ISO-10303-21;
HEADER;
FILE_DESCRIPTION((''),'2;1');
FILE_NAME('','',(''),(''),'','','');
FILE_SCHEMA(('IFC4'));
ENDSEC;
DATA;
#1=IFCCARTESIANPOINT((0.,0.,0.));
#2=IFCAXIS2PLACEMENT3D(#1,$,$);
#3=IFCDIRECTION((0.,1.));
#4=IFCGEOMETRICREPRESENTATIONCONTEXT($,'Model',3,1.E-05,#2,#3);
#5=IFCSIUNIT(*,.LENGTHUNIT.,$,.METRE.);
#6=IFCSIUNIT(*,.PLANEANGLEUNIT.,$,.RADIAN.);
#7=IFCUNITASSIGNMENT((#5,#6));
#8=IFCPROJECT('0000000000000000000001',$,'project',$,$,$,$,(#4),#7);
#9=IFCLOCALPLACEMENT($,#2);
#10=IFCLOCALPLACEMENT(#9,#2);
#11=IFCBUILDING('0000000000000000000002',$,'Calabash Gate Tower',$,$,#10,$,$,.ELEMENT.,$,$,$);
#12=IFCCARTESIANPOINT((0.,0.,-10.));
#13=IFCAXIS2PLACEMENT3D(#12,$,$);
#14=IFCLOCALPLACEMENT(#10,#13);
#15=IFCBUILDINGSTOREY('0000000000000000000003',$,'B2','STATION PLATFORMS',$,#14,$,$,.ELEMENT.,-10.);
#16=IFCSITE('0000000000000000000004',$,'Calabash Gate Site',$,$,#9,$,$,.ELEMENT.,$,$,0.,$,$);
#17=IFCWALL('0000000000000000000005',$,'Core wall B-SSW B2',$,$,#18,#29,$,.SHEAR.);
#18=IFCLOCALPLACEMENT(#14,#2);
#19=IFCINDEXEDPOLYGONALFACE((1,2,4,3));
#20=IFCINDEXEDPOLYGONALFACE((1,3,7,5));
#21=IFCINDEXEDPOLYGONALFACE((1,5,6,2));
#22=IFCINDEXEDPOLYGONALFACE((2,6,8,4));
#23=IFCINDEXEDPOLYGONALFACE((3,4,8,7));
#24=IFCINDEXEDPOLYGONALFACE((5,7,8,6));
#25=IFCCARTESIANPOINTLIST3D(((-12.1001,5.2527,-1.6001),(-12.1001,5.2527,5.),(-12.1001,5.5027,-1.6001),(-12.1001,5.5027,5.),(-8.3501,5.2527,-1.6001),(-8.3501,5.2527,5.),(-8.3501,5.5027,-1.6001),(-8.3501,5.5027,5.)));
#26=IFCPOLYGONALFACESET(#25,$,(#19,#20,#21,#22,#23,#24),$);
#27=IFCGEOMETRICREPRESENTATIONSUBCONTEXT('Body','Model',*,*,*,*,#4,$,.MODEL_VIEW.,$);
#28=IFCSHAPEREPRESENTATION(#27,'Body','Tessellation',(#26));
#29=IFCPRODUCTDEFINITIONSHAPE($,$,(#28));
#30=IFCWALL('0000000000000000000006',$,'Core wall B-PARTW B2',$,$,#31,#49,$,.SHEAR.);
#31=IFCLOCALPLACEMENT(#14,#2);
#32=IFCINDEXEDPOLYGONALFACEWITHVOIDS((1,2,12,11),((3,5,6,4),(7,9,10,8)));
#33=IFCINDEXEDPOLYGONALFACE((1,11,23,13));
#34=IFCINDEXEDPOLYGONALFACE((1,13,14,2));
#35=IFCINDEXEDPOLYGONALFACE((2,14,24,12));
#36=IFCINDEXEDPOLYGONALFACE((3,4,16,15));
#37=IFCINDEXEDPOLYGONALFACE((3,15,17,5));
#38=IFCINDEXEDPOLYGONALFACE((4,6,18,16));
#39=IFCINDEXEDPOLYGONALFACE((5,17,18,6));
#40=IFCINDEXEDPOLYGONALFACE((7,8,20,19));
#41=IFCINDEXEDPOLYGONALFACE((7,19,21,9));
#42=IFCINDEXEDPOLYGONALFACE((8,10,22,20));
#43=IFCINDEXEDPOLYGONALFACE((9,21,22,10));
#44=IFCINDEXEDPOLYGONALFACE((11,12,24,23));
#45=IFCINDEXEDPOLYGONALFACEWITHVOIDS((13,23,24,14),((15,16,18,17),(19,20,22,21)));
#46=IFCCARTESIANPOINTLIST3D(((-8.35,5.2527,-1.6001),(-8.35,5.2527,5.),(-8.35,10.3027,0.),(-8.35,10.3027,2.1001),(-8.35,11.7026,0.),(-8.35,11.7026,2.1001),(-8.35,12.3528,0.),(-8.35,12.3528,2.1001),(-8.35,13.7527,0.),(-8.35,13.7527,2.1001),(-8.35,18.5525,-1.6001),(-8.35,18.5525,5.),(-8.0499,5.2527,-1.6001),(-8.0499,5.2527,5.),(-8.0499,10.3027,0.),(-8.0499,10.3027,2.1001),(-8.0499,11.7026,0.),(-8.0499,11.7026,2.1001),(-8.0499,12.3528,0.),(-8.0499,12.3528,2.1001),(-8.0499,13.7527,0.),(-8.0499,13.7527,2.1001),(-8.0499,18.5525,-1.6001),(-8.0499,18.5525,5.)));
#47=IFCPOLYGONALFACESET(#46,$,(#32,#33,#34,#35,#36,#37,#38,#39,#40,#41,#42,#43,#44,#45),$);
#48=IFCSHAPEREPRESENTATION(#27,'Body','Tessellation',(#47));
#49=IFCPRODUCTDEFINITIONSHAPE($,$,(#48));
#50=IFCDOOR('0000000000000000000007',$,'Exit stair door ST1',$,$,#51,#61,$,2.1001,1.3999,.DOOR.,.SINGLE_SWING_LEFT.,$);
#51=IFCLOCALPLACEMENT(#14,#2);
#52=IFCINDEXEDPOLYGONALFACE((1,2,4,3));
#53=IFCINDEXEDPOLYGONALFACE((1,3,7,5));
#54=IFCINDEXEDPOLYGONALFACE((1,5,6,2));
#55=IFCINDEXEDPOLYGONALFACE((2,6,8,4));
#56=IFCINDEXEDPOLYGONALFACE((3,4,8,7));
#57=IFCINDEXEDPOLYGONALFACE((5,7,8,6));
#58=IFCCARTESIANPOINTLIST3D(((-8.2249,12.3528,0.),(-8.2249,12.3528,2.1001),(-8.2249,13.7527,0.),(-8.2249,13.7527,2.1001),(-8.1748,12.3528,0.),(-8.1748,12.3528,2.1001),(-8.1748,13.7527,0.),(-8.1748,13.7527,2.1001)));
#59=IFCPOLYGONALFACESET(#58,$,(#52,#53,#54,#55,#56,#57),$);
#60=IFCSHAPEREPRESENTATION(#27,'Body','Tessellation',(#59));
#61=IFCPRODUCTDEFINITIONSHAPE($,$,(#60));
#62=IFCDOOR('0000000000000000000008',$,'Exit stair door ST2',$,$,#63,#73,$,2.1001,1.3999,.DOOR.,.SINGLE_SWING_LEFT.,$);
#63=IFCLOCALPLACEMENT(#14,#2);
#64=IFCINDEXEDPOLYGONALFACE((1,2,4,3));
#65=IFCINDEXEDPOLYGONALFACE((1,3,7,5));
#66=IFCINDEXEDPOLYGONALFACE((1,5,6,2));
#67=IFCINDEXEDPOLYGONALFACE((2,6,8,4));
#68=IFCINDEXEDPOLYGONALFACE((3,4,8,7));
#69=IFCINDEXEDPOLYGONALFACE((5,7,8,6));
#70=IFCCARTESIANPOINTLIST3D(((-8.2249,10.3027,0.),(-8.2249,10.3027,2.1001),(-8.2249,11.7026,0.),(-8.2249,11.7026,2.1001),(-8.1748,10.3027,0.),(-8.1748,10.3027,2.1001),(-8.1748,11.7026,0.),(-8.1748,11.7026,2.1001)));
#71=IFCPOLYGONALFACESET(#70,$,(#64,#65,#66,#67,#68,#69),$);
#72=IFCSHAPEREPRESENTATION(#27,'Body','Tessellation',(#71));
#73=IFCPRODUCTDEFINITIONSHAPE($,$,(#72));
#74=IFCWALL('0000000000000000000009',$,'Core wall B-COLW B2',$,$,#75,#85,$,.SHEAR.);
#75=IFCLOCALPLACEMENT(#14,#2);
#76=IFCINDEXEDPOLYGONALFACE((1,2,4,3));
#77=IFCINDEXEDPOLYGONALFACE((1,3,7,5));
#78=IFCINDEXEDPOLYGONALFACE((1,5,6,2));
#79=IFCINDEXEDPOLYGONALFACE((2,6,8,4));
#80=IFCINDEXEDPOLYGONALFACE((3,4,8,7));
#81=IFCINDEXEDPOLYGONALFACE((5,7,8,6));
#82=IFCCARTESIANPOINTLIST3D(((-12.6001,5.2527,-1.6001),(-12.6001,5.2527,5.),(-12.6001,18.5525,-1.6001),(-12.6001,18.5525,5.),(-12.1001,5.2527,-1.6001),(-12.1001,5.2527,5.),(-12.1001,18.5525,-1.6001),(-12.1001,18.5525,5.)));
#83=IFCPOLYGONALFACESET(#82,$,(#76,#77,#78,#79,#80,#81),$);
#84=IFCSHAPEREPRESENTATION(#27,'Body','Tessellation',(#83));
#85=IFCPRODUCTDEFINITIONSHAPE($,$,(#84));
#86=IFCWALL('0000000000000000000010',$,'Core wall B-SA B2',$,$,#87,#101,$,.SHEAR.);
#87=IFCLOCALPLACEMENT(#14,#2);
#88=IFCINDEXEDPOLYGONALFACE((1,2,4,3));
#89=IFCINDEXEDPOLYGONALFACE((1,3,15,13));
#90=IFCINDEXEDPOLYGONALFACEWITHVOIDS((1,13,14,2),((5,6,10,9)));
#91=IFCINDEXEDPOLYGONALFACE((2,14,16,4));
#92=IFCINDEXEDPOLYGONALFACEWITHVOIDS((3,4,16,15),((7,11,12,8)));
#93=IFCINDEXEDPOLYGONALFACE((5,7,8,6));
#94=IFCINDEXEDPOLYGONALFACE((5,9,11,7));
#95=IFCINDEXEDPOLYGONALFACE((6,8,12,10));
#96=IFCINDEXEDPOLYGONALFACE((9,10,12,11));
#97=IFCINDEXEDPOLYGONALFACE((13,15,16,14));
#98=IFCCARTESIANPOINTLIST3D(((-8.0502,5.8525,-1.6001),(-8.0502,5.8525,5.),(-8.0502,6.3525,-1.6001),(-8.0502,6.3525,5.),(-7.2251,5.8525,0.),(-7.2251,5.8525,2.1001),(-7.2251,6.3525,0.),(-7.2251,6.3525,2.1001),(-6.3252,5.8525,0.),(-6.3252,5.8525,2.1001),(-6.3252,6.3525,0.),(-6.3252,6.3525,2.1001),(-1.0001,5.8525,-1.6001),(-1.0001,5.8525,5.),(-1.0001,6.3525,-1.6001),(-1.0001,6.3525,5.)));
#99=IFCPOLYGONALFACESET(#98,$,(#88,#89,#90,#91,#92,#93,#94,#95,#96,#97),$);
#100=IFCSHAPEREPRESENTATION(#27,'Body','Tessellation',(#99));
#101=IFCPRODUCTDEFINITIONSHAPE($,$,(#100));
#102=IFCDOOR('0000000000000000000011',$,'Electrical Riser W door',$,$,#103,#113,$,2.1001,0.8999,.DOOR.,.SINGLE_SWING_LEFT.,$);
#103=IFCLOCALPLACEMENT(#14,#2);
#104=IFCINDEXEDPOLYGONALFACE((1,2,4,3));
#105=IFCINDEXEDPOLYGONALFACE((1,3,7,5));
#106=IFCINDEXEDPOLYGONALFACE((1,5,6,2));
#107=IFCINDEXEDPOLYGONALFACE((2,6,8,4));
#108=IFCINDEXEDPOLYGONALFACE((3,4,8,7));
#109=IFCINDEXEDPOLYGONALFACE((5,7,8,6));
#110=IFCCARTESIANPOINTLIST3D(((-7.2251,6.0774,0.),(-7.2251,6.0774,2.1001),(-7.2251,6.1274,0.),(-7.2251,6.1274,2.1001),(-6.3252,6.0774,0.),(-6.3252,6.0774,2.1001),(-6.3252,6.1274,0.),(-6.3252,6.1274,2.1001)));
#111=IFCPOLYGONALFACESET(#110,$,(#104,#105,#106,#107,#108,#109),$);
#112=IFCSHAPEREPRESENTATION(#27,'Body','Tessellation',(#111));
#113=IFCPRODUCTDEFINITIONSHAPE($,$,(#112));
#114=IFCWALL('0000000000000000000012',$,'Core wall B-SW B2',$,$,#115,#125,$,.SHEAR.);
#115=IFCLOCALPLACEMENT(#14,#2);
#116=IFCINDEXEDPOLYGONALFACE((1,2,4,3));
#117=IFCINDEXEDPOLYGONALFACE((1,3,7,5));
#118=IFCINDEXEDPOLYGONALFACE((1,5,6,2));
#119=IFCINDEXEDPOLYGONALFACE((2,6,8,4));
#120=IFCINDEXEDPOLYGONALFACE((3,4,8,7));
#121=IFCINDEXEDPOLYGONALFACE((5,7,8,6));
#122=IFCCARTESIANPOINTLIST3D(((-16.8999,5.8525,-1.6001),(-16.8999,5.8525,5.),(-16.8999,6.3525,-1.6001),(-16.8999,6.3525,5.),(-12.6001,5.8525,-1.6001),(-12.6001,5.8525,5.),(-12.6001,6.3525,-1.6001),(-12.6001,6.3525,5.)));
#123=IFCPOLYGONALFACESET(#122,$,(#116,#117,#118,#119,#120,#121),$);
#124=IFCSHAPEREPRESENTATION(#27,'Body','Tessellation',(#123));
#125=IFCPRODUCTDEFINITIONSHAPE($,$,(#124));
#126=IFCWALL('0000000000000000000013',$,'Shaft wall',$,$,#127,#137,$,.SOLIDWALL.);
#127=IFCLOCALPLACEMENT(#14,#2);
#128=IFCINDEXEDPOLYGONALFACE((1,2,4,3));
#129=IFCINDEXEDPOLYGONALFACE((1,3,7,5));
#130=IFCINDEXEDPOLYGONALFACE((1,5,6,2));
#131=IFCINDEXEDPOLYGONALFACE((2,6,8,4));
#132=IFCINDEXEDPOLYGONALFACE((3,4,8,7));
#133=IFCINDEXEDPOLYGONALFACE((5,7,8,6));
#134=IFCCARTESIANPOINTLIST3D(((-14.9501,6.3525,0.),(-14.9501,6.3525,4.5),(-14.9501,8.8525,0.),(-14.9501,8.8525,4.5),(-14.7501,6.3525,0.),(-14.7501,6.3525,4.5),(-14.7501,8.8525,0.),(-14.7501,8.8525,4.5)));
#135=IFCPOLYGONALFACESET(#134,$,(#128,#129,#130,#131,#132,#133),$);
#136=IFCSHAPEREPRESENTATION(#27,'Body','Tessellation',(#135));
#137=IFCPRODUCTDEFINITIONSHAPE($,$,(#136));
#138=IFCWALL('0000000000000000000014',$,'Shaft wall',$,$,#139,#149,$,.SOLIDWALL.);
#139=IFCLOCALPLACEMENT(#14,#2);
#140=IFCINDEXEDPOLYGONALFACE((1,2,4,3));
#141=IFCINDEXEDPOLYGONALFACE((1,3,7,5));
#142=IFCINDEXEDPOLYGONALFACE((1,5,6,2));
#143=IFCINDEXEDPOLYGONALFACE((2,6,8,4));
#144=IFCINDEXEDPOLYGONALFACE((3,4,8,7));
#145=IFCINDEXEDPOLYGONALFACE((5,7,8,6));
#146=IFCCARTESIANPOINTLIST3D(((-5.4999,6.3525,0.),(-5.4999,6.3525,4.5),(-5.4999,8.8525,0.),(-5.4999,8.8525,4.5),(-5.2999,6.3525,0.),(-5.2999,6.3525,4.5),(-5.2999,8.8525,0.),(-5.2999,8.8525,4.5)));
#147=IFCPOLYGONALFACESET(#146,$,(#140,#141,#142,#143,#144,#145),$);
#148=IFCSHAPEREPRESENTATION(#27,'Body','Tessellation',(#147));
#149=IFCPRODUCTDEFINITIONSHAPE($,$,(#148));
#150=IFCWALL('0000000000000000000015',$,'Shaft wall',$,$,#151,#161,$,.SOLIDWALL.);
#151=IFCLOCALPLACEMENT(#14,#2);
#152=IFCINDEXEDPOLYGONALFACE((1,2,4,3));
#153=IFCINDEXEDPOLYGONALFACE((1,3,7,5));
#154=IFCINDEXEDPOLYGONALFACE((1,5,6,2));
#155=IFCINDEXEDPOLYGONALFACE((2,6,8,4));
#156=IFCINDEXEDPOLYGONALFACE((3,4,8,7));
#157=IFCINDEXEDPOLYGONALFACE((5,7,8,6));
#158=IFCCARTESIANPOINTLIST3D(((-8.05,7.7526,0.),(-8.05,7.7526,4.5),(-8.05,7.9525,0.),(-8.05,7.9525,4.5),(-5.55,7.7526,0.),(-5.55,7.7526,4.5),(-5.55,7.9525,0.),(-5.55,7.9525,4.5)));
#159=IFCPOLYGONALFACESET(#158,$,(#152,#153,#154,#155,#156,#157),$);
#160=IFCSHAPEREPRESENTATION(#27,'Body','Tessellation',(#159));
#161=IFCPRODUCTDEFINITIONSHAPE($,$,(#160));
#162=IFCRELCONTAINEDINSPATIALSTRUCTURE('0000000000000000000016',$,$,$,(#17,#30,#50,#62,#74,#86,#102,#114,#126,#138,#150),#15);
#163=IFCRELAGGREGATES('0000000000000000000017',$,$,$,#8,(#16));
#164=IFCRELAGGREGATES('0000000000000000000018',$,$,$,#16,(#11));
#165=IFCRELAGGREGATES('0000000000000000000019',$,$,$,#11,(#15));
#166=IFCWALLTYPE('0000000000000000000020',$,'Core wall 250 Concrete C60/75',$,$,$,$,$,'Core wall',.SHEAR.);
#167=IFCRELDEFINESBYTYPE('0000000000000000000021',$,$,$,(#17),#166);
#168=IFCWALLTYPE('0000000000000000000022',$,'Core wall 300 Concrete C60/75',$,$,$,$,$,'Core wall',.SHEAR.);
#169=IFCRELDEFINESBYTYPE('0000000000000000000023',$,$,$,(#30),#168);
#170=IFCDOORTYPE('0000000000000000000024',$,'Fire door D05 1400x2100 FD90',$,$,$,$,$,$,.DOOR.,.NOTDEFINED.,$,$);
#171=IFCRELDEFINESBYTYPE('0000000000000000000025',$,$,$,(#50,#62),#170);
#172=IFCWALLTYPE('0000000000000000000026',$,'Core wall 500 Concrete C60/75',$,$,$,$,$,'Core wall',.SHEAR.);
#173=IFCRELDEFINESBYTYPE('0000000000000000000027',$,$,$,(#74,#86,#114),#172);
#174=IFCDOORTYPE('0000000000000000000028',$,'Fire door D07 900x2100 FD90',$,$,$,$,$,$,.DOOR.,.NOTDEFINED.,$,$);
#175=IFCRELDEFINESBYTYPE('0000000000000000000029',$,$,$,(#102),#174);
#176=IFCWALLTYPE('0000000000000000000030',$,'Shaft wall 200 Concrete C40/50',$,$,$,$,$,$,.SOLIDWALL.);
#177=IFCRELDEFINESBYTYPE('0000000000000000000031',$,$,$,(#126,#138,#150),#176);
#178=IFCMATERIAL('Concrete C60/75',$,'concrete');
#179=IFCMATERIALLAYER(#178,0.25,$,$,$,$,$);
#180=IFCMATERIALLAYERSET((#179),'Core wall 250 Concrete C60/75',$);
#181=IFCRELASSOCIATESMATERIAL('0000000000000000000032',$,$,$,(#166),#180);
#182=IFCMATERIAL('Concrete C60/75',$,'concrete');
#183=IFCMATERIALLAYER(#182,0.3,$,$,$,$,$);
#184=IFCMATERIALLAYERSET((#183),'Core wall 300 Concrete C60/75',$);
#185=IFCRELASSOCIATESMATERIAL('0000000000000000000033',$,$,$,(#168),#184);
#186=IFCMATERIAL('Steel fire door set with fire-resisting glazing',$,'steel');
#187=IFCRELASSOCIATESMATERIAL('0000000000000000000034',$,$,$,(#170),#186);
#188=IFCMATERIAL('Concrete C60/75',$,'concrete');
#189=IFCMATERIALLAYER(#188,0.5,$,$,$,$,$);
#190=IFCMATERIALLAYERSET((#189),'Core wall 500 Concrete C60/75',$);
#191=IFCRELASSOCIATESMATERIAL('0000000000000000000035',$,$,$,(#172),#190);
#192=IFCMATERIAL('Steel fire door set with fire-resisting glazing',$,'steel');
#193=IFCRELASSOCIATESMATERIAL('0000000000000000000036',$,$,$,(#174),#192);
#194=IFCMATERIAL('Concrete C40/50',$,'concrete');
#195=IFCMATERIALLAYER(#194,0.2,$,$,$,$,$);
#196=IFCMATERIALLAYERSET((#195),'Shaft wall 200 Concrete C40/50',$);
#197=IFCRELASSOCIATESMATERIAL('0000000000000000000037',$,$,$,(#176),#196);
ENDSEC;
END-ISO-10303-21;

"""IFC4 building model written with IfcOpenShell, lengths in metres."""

from ifc_helpers import new_model, si_unit, direction, frame, frame_2d, origin, place, context, subcontext, project, spatial, rectangle, extrude, material, layer, layer_set, type_object, element, fill, save


model = new_model("IFC4")

# Units and contexts
model_context = context("Model", 3, precision=1e-05, world=origin(), true_north=direction((0.0, 1.0)))
body_context = subcontext(model_context, "Body", "Model", "MODEL_VIEW")
ifc_project = project(units=[si_unit("LENGTHUNIT", "METRE"), si_unit("PLANEANGLEUNIT", "RADIAN")], contexts=[model_context])

# Site, building, storey
site_placement = place(None, origin())
site = spatial("IfcSite", under=ifc_project, at=site_placement, Name="Calabash Gate Site", CompositionType="ELEMENT", RefElevation=0.0)
building_placement = place(site_placement, origin())
building = spatial("IfcBuilding", under=site, at=building_placement, Name="Calabash Gate Tower", CompositionType="ELEMENT")
storey_placement = place(building_placement, frame((0.0, 0.0, -10.0)))
storey = spatial("IfcBuildingStorey", under=building, at=storey_placement, Name="B2", Description="STATION PLATFORMS", CompositionType="ELEMENT", Elevation=-10.0)

# Wall
ifc_material_1 = material(Name="Concrete C60/75", Category="concrete")
ifc_layer_1 = layer(ifc_material_1, 0.25)
ifc_layer_set_1 = layer_set([ifc_layer_1], Name="Core wall 250 Concrete C60/75")
wall_type_1 = type_object("IfcWallType", Name="Core wall 250 Concrete C60/75", ElementType="Core wall", PredefinedType="SHEAR", material=ifc_layer_set_1)
wall_1_placement = place(storey_placement, frame((-12.1001, 5.3777, -1.6001), z_axis=(0.0, 0.0, 1.0), x_axis=(1.0, 0.0, 0.0)))
element("IfcWall", 1, at=wall_1_placement, inside=storey, type_object=wall_type_1, Name="Core wall B-SSW B2", PredefinedType="SHEAR", context=body_context, shape_type="SweptSolid", body=[
    extrude(rectangle(XDim=3.75, YDim=0.25, at=frame_2d((1.875, 0.0))), origin(), (0.0, 0.0, 1.0), 6.6001),
])

# Wall, openings, doors
ifc_material_2 = material(Name="Concrete C60/75", Category="concrete")
ifc_layer_2 = layer(ifc_material_2, 0.3)
ifc_layer_set_2 = layer_set([ifc_layer_2], Name="Core wall 300 Concrete C60/75")
wall_type_2 = type_object("IfcWallType", Name="Core wall 300 Concrete C60/75", ElementType="Core wall", PredefinedType="SHEAR", material=ifc_layer_set_2)
wall_2_placement = place(storey_placement, frame((-8.2, 5.2527, -1.6001), z_axis=(0.0, 0.0, 1.0), x_axis=(0.0, 1.0, 0.0)))
wall_2 = element("IfcWall", 2, at=wall_2_placement, inside=storey, type_object=wall_type_2, Name="Core wall B-PARTW B2", PredefinedType="SHEAR", context=body_context, shape_type="SweptSolid", body=[
    extrude(rectangle(XDim=13.2998, YDim=0.3, at=frame_2d((6.6499, 0.0))), origin(), (0.0, 0.0, 1.0), 6.6001),
])
opening_1_placement = place(wall_2_placement, frame((7.1001, 0.0, 1.6001)))
opening_1 = element("IfcOpeningElement", 3, at=opening_1_placement, cuts=wall_2, PredefinedType="OPENING", context=body_context, shape_type="SweptSolid", body=[
    extrude(rectangle(XDim=1.3999, YDim=2.1001, at=frame_2d((0.7, 1.05))), frame((0.0, 0.1599, 0.0), z_axis=(0.0, -1.0, 0.0), x_axis=(1.0, 0.0, 0.0)), (0.0, 0.0, 1.0), 0.3201),
])
opening_2_placement = place(wall_2_placement, frame((5.05, 0.0, 1.6001)))
opening_2 = element("IfcOpeningElement", 4, at=opening_2_placement, cuts=wall_2, PredefinedType="OPENING", context=body_context, shape_type="SweptSolid", body=[
    extrude(rectangle(XDim=1.3999, YDim=2.1001, at=frame_2d((0.7, 1.05))), frame((0.0, 0.1599, 0.0), z_axis=(0.0, -1.0, 0.0), x_axis=(1.0, 0.0, 0.0)), (0.0, 0.0, 1.0), 0.3201),
])
ifc_material_3 = material(Name="Steel fire door set with fire-resisting glazing", Category="steel")
door_type_1 = type_object("IfcDoorType", Name="Fire door D05 1400x2100 FD90", OperationType="NOTDEFINED", PredefinedType="DOOR", material=ifc_material_3)
door_1_placement = place(opening_1_placement, origin())
door_1 = element("IfcDoor", 5, at=door_1_placement, inside=storey, type_object=door_type_1, Name="Exit stair door ST1", OperationType="SINGLE_SWING_LEFT", OverallHeight=2.1001, OverallWidth=1.3999, PredefinedType="DOOR", context=body_context, shape_type="SweptSolid", body=[
    extrude(rectangle(XDim=1.3999, YDim=2.1001, at=frame_2d((0.7, 1.05))), frame((0.0, 0.0249, 0.0), z_axis=(0.0, -1.0, 0.0), x_axis=(1.0, 0.0, 0.0)), (0.0, 0.0, 1.0), 0.05),
])
fill(opening_1, door_1)
door_2_placement = place(opening_2_placement, origin())
door_2 = element("IfcDoor", 6, at=door_2_placement, inside=storey, type_object=door_type_1, Name="Exit stair door ST2", OperationType="SINGLE_SWING_LEFT", OverallHeight=2.1001, OverallWidth=1.3999, PredefinedType="DOOR", context=body_context, shape_type="SweptSolid", body=[
    extrude(rectangle(XDim=1.3999, YDim=2.1001, at=frame_2d((0.7, 1.05))), frame((0.0, 0.0249, 0.0), z_axis=(0.0, -1.0, 0.0), x_axis=(1.0, 0.0, 0.0)), (0.0, 0.0, 1.0), 0.05),
])
fill(opening_2, door_2)

# Wall
ifc_material_4 = material(Name="Concrete C60/75", Category="concrete")
ifc_layer_3 = layer(ifc_material_4, 0.5)
ifc_layer_set_3 = layer_set([ifc_layer_3], Name="Core wall 500 Concrete C60/75")
wall_type_3 = type_object("IfcWallType", Name="Core wall 500 Concrete C60/75", ElementType="Core wall", PredefinedType="SHEAR", material=ifc_layer_set_3)
wall_3_placement = place(storey_placement, frame((-12.3501, 5.2527, -1.6001), z_axis=(0.0, 0.0, 1.0), x_axis=(0.0, 1.0, 0.0)))
element("IfcWall", 7, at=wall_3_placement, inside=storey, type_object=wall_type_3, Name="Core wall B-COLW B2", PredefinedType="SHEAR", context=body_context, shape_type="SweptSolid", body=[
    extrude(rectangle(XDim=13.2998, YDim=0.5, at=frame_2d((6.6499, 0.0))), origin(), (0.0, 0.0, 1.0), 6.6001),
])

# Wall, opening, door
wall_4_placement = place(storey_placement, frame((-8.05, 6.1025, -1.6001), z_axis=(0.0, 0.0, 1.0), x_axis=(1.0, 0.0, 0.0)))
wall_4 = element("IfcWall", 8, at=wall_4_placement, inside=storey, type_object=wall_type_3, Name="Core wall B-SA B2", PredefinedType="SHEAR", context=body_context, shape_type="SweptSolid", body=[
    extrude(rectangle(XDim=7.05, YDim=0.5, at=frame_2d((3.5249, 0.0))), origin(), (0.0, 0.0, 1.0), 6.6001),
])
opening_3_placement = place(wall_4_placement, frame((0.825, 0.0, 1.6001)))
opening_3 = element("IfcOpeningElement", 9, at=opening_3_placement, cuts=wall_4, PredefinedType="OPENING", context=body_context, shape_type="SweptSolid", body=[
    extrude(rectangle(XDim=0.8999, YDim=2.1001, at=frame_2d((0.45, 1.05))), frame((0.0, 0.26, 0.0), z_axis=(0.0, -1.0, 0.0), x_axis=(1.0, 0.0, 0.0)), (0.0, 0.0, 1.0), 0.52),
])
ifc_material_5 = material(Name="Steel fire door set with fire-resisting glazing", Category="steel")
door_type_2 = type_object("IfcDoorType", Name="Fire door D07 900x2100 FD90", OperationType="NOTDEFINED", PredefinedType="DOOR", material=ifc_material_5)
door_3_placement = place(opening_3_placement, origin())
door_3 = element("IfcDoor", 10, at=door_3_placement, inside=storey, type_object=door_type_2, Name="Electrical Riser W door", OperationType="SINGLE_SWING_LEFT", OverallHeight=2.1001, OverallWidth=0.8999, PredefinedType="DOOR", context=body_context, shape_type="SweptSolid", body=[
    extrude(rectangle(XDim=0.8999, YDim=2.1001, at=frame_2d((0.45, 1.05))), frame((0.0, 0.0249, 0.0), z_axis=(0.0, -1.0, 0.0), x_axis=(1.0, 0.0, 0.0)), (0.0, 0.0, 1.0), 0.05),
])
fill(opening_3, door_3)

# Walls
wall_5_placement = place(storey_placement, frame((-12.6001, 6.1025, -1.6001), z_axis=(0.0, 0.0, 1.0), x_axis=(-1.0, 0.0, 0.0)))
element("IfcWall", 11, at=wall_5_placement, inside=storey, type_object=wall_type_3, Name="Core wall B-SW B2", PredefinedType="SHEAR", context=body_context, shape_type="SweptSolid", body=[
    extrude(rectangle(XDim=4.2998, YDim=0.5, at=frame_2d((2.1499, 0.0))), origin(), (0.0, 0.0, 1.0), 6.6001),
])
ifc_material_6 = material(Name="Concrete C40/50", Category="concrete")
ifc_layer_4 = layer(ifc_material_6, 0.2)
ifc_layer_set_4 = layer_set([ifc_layer_4], Name="Shaft wall 200 Concrete C40/50")
wall_type_4 = type_object("IfcWallType", Name="Shaft wall 200 Concrete C40/50", PredefinedType="SOLIDWALL", material=ifc_layer_set_4)
for number, where, z_axis, x_axis, name in (
    (12, (-14.8501, 6.3525, 0.0), (0.0, 0.0, 1.0), (0.0, 1.0, 0.0), "Shaft wall"),
    (13, (-5.3999, 6.3525, 0.0), (0.0, 0.0, 1.0), (0.0, 1.0, 0.0), "Shaft wall"),
    (14, (-8.05, 7.8525, 0.0), (0.0, 0.0, 1.0), (1.0, 0.0, 0.0), "Shaft wall"),
):
    element("IfcWall", number, at=place(storey_placement, frame(where, z_axis=z_axis, x_axis=x_axis)), inside=storey, type_object=wall_type_4, Name=name, PredefinedType="SOLIDWALL", context=body_context, shape_type="SweptSolid", body=[
        extrude(rectangle(XDim=2.5, YDim=0.2, at=frame_2d((1.25, 0.0))), origin(), (0.0, 0.0, 1.0), 4.5),
    ])

save(model, "model.ifc")
